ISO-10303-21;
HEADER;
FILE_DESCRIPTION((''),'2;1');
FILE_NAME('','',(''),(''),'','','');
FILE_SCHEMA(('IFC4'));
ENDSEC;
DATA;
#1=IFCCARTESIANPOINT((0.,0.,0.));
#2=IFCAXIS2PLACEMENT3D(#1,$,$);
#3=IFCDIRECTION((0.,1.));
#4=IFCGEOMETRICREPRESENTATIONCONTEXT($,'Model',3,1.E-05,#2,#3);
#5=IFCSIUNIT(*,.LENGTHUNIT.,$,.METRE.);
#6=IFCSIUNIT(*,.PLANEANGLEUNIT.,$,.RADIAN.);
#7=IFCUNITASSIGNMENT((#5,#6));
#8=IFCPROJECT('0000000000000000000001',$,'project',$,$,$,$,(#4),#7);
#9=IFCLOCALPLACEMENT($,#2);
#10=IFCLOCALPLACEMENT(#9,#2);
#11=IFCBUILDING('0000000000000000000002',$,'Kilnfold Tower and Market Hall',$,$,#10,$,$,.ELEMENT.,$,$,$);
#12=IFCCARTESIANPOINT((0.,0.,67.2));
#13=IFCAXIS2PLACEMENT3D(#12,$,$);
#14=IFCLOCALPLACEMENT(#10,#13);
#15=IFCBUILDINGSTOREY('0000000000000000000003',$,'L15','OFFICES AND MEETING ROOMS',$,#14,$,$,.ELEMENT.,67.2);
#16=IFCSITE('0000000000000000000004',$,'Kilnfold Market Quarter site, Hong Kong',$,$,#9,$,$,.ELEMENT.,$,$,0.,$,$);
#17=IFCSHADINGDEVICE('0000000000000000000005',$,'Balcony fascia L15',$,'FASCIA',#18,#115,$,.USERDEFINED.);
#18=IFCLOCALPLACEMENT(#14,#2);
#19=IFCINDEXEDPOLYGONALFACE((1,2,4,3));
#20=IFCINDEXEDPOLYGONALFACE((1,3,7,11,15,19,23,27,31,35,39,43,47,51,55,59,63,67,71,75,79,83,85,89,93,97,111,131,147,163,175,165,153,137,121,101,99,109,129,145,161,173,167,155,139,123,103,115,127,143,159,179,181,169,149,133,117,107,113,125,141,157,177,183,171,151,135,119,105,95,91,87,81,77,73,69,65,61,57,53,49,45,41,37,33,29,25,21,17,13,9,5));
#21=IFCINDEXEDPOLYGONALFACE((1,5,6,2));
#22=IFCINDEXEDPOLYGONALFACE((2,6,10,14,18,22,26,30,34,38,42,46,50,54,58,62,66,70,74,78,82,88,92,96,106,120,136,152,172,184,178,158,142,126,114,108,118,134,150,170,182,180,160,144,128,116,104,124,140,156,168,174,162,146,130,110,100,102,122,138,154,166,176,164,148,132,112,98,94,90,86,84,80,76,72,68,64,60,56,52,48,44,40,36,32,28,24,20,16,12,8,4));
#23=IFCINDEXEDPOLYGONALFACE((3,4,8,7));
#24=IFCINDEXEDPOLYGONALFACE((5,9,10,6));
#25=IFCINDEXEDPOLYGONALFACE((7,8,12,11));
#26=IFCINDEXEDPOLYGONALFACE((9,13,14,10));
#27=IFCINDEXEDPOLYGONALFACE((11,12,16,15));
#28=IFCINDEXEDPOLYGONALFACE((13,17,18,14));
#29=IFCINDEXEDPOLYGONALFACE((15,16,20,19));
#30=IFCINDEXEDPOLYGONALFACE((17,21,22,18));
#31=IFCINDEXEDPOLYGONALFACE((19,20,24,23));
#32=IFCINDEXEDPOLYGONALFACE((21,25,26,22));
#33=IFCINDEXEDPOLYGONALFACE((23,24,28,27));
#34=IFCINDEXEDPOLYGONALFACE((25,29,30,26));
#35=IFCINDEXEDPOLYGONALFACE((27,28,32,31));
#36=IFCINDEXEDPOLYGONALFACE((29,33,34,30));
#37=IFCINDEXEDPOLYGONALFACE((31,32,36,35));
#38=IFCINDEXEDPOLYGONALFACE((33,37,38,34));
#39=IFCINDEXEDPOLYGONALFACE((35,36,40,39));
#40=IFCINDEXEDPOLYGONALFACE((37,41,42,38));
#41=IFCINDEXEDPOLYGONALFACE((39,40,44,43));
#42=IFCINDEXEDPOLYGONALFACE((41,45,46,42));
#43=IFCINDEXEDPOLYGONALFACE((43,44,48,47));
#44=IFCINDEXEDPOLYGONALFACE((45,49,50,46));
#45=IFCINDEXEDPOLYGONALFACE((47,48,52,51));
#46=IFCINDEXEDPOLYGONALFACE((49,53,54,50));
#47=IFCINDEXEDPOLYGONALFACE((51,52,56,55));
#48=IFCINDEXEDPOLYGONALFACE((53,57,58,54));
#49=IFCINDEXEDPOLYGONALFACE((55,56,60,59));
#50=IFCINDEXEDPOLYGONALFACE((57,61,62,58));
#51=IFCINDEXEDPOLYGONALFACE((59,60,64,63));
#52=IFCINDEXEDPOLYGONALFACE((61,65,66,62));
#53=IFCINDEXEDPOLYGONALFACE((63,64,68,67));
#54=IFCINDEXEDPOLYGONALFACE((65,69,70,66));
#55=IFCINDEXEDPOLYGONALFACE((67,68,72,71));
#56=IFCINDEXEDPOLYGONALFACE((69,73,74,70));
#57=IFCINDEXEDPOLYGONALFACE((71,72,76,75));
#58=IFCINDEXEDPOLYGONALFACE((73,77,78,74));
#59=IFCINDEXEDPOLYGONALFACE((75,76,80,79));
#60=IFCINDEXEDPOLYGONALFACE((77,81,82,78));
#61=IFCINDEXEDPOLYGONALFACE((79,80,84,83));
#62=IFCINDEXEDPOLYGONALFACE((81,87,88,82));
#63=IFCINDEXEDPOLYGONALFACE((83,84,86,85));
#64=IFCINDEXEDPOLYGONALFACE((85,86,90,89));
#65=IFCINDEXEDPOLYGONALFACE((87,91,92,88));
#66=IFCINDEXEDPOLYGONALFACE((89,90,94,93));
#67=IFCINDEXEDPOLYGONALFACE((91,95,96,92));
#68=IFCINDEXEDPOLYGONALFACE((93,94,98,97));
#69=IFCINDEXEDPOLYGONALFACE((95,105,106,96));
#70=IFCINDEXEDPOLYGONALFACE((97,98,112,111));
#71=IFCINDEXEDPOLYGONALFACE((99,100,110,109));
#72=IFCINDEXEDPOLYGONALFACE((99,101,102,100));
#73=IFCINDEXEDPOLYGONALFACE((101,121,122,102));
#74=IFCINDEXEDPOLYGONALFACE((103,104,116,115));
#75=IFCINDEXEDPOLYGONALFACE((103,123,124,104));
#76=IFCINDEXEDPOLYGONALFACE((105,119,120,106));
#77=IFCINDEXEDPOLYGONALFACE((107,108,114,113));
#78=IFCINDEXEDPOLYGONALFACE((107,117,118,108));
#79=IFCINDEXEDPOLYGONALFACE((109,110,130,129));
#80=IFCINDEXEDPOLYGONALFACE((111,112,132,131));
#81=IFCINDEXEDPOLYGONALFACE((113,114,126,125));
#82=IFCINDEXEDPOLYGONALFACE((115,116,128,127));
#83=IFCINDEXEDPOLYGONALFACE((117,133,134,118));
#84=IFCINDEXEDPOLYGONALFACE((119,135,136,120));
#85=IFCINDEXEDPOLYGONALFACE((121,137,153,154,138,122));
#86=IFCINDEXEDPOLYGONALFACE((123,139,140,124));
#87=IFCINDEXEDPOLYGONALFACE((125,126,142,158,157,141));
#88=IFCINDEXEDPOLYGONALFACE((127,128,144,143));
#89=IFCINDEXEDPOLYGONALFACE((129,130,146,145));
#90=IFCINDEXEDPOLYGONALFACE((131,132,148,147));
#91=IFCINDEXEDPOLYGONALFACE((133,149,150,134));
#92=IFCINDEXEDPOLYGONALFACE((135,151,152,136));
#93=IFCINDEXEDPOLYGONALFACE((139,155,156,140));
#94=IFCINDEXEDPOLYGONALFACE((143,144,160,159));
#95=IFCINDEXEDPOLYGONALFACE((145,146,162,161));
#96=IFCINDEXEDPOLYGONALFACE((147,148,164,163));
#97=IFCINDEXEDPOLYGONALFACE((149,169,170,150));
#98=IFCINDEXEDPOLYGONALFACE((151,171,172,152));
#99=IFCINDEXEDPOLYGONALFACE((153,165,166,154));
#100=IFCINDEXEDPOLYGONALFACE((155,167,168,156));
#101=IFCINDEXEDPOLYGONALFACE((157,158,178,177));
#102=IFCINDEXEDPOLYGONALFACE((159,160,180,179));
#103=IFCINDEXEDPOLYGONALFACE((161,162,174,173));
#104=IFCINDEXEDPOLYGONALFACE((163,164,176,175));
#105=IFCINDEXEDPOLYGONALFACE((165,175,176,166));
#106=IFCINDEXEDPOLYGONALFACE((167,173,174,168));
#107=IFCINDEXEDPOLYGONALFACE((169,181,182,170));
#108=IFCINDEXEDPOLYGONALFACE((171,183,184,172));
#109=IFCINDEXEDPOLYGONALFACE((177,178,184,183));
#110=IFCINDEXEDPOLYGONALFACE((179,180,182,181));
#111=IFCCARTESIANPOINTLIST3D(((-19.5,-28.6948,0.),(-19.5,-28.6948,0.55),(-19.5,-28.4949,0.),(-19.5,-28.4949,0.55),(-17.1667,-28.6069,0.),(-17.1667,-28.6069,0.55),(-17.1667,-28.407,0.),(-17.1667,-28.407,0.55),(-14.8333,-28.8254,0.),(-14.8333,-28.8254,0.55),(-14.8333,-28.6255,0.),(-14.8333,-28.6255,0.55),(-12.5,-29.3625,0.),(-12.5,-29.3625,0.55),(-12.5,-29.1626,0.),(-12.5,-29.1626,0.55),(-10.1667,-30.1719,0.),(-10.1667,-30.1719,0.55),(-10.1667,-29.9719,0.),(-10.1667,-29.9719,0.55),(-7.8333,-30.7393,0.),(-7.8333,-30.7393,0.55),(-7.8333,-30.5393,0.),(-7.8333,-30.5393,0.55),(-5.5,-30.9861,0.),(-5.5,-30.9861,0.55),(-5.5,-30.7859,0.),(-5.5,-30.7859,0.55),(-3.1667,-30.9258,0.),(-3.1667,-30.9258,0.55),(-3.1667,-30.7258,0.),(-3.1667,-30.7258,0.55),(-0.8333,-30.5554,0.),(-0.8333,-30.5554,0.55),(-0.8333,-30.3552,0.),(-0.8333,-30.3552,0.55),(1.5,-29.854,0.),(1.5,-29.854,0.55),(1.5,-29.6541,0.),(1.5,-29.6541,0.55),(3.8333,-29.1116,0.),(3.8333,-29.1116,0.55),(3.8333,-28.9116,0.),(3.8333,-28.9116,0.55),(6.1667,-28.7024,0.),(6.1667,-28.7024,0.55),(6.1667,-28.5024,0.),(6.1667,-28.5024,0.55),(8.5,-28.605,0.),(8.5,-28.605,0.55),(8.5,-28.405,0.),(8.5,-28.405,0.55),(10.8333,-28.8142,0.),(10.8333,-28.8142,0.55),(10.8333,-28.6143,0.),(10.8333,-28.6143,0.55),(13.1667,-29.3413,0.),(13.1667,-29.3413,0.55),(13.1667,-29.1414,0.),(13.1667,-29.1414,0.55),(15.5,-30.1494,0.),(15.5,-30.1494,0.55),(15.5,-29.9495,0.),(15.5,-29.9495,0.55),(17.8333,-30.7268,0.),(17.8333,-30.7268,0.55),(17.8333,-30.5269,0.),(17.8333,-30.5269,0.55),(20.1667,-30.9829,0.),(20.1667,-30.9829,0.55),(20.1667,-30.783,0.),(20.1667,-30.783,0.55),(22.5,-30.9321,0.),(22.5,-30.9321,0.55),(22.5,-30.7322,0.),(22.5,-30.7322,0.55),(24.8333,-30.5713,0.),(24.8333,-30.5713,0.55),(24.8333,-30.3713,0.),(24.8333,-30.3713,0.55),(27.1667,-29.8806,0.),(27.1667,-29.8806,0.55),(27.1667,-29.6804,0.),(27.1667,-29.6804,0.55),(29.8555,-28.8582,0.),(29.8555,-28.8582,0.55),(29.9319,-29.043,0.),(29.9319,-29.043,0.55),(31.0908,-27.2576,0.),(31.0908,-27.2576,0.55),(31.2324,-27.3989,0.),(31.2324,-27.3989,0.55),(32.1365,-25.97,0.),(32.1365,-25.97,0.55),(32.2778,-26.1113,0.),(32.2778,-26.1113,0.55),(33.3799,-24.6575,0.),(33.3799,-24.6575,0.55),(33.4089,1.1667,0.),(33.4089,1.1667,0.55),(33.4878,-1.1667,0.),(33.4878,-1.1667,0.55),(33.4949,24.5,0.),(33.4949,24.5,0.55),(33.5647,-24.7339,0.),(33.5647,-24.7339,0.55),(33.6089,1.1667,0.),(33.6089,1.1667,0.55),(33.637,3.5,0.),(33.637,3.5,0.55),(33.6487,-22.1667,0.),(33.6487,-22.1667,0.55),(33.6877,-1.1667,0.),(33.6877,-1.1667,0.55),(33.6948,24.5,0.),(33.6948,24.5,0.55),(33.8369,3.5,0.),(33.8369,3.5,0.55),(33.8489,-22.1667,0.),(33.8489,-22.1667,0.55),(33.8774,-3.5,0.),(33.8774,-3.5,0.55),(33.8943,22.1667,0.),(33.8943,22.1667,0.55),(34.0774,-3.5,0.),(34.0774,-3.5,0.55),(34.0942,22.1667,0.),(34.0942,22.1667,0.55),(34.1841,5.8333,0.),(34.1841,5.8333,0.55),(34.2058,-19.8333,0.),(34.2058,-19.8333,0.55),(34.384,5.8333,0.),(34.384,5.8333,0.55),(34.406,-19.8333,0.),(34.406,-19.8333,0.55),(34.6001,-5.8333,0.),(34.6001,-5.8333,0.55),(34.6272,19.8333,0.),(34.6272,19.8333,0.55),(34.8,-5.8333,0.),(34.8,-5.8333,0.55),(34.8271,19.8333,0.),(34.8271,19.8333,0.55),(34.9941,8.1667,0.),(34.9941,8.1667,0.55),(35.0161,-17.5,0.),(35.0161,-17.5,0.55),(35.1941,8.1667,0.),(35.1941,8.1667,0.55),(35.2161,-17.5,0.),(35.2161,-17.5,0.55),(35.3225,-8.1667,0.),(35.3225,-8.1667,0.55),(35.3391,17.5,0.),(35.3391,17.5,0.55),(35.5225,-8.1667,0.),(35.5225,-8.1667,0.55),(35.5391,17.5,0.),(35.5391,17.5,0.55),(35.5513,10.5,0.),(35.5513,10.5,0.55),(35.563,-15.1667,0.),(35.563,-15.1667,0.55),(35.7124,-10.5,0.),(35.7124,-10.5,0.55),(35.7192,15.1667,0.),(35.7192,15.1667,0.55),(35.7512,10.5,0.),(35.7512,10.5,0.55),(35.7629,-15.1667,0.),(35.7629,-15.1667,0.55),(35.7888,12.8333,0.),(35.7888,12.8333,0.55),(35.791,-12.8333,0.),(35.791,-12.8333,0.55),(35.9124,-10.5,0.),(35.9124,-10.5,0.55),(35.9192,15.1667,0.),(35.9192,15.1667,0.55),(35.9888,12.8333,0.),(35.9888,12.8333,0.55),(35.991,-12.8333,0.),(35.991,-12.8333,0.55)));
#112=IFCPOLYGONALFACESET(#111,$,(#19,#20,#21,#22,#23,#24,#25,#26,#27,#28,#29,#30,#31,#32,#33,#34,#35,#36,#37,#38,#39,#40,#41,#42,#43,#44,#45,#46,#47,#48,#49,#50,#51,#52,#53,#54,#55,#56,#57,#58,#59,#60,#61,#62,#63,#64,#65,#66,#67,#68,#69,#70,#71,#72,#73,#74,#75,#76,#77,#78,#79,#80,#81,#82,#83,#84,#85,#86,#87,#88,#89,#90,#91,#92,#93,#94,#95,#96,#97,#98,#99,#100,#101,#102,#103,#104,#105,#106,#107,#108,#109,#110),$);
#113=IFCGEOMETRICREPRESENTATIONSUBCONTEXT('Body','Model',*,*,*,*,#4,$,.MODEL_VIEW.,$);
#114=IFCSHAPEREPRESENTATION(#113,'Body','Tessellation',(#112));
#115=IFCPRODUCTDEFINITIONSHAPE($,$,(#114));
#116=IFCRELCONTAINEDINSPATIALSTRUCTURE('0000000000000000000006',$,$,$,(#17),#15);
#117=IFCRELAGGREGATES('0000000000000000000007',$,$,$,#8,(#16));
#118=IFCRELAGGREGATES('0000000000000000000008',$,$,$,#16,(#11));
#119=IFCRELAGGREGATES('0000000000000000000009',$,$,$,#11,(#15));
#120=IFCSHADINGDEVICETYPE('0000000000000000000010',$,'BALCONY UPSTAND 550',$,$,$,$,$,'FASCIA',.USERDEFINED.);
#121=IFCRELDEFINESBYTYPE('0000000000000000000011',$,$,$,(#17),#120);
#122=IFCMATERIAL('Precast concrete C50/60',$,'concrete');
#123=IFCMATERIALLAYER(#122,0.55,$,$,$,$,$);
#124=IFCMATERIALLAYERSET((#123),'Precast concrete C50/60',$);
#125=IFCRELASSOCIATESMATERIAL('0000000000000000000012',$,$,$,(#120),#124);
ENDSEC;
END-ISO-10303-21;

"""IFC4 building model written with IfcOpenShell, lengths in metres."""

from ifc_helpers import new_model, si_unit, direction, frame, origin, place, context, subcontext, project, spatial, polyline, outline, extrude, source, transform, mapped, material, layer, layer_set, type_object, element, save


model = new_model("IFC4")

# Units and contexts
model_context = context("Model", 3, precision=1e-05, world=origin(), true_north=direction((0.0, 1.0)))
body_context = subcontext(model_context, "Body", "Model", "MODEL_VIEW")
ifc_project = project(units=[si_unit("LENGTHUNIT", "METRE"), si_unit("PLANEANGLEUNIT", "RADIAN")], contexts=[model_context])

# Site, building, storey
site_placement = place(None, origin())
site = spatial("IfcSite", under=ifc_project, at=site_placement, Name="Kilnfold Market Quarter site, Hong Kong", CompositionType="ELEMENT", RefElevation=0.0)
building_placement = place(site_placement, origin())
building = spatial("IfcBuilding", under=site, at=building_placement, Name="Kilnfold Tower and Market Hall", CompositionType="ELEMENT")
storey_placement = place(building_placement, frame((0.0, 0.0, 67.2)))
storey = spatial("IfcBuildingStorey", under=building, at=storey_placement, Name="L15", Description="OFFICES AND MEETING ROOMS", CompositionType="ELEMENT", Elevation=67.2)

# Shading device
ifc_material_1 = material(Name="Precast concrete C50/60", Category="concrete")
ifc_layer_1 = layer(ifc_material_1, 0.55)
ifc_layer_set_1 = layer_set([ifc_layer_1], Name="Precast concrete C50/60")
shading_device_type_1 = type_object("IfcShadingDeviceType", Name="BALCONY UPSTAND 550", ElementType="FASCIA", PredefinedType="USERDEFINED", material=ifc_layer_set_1)
shared_shape_1 = source(origin(), body_context, "Body", "SweptSolid", [
    extrude(outline(polyline([(-19.5, -28.6948), (-17.1667, -28.6069), (-14.8333, -28.8254), (-12.5, -29.3625), (-10.1667, -30.1719), (-7.8333, -30.7393), (-5.5, -30.9861), (-3.1667, -30.9258), (-0.8333, -30.5554), (1.5, -29.854), (3.8333, -29.1116), (6.1667, -28.7024), (8.5, -28.605), (10.8333, -28.8142), (13.1667, -29.3413), (15.5, -30.1494), (17.8333, -30.7268), (20.1667, -30.9829), (22.5, -30.9321), (24.8333, -30.5713), (27.1667, -29.8806), (29.9319, -29.043), (31.2324, -27.3989), (32.2778, -26.1113), (33.5647, -24.7339), (33.8489, -22.1667), (34.406, -19.8333), (35.2161, -17.5), (35.7629, -15.1667), (35.991, -12.8333), (35.9124, -10.5), (35.5225, -8.1667), (34.8, -5.8333), (34.0774, -3.5), (33.6877, -1.1667), (33.6089, 1.1667), (33.8369, 3.5), (34.384, 5.8333), (35.1941, 8.1667), (35.7512, 10.5), (35.9888, 12.8333), (35.9192, 15.1667), (35.5391, 17.5), (34.8271, 19.8333), (34.0942, 22.1667), (33.6948, 24.5), (33.4949, 24.5), (33.8943, 22.1667), (34.6272, 19.8333), (35.3391, 17.5), (35.7192, 15.1667), (35.7888, 12.8333), (35.5513, 10.5), (34.9941, 8.1667), (34.1841, 5.8333), (33.637, 3.5), (33.4089, 1.1667), (33.4878, -1.1667), (33.8774, -3.5), (34.6001, -5.8333), (35.3225, -8.1667), (35.7124, -10.5), (35.791, -12.8333), (35.563, -15.1667), (35.0161, -17.5), (34.2058, -19.8333), (33.6487, -22.1667), (33.3799, -24.6575), (32.1365, -25.97), (31.0908, -27.2576), (29.8555, -28.8582), (27.1667, -29.6804), (24.8333, -30.3713), (22.5, -30.7322), (20.1667, -30.783), (17.8333, -30.5269), (15.5, -29.9495), (13.1667, -29.1414), (10.8333, -28.6143), (8.5, -28.405), (6.1667, -28.5024), (3.8333, -28.9116), (1.5, -29.6541), (-0.8333, -30.3552), (-3.1667, -30.7258), (-5.5, -30.7859), (-7.8333, -30.5393), (-10.1667, -29.9719), (-12.5, -29.1626), (-14.8333, -28.6255), (-17.1667, -28.407), (-19.5, -28.4949), (-19.5, -28.6948)])), origin(), (0.0, 0.0, 1.0), 0.55),
])
shading_device_1_placement = place(storey_placement, origin())
element("IfcShadingDevice", 1, at=shading_device_1_placement, inside=storey, type_object=shading_device_type_1, Name="Balcony fascia L15", ObjectType="FASCIA", PredefinedType="USERDEFINED", context=body_context, shape_type="MappedRepresentation", body=[
    mapped(shared_shape_1, transform((0.0, 0.0, 0.0))),
])

save(model, "model.ifc")
